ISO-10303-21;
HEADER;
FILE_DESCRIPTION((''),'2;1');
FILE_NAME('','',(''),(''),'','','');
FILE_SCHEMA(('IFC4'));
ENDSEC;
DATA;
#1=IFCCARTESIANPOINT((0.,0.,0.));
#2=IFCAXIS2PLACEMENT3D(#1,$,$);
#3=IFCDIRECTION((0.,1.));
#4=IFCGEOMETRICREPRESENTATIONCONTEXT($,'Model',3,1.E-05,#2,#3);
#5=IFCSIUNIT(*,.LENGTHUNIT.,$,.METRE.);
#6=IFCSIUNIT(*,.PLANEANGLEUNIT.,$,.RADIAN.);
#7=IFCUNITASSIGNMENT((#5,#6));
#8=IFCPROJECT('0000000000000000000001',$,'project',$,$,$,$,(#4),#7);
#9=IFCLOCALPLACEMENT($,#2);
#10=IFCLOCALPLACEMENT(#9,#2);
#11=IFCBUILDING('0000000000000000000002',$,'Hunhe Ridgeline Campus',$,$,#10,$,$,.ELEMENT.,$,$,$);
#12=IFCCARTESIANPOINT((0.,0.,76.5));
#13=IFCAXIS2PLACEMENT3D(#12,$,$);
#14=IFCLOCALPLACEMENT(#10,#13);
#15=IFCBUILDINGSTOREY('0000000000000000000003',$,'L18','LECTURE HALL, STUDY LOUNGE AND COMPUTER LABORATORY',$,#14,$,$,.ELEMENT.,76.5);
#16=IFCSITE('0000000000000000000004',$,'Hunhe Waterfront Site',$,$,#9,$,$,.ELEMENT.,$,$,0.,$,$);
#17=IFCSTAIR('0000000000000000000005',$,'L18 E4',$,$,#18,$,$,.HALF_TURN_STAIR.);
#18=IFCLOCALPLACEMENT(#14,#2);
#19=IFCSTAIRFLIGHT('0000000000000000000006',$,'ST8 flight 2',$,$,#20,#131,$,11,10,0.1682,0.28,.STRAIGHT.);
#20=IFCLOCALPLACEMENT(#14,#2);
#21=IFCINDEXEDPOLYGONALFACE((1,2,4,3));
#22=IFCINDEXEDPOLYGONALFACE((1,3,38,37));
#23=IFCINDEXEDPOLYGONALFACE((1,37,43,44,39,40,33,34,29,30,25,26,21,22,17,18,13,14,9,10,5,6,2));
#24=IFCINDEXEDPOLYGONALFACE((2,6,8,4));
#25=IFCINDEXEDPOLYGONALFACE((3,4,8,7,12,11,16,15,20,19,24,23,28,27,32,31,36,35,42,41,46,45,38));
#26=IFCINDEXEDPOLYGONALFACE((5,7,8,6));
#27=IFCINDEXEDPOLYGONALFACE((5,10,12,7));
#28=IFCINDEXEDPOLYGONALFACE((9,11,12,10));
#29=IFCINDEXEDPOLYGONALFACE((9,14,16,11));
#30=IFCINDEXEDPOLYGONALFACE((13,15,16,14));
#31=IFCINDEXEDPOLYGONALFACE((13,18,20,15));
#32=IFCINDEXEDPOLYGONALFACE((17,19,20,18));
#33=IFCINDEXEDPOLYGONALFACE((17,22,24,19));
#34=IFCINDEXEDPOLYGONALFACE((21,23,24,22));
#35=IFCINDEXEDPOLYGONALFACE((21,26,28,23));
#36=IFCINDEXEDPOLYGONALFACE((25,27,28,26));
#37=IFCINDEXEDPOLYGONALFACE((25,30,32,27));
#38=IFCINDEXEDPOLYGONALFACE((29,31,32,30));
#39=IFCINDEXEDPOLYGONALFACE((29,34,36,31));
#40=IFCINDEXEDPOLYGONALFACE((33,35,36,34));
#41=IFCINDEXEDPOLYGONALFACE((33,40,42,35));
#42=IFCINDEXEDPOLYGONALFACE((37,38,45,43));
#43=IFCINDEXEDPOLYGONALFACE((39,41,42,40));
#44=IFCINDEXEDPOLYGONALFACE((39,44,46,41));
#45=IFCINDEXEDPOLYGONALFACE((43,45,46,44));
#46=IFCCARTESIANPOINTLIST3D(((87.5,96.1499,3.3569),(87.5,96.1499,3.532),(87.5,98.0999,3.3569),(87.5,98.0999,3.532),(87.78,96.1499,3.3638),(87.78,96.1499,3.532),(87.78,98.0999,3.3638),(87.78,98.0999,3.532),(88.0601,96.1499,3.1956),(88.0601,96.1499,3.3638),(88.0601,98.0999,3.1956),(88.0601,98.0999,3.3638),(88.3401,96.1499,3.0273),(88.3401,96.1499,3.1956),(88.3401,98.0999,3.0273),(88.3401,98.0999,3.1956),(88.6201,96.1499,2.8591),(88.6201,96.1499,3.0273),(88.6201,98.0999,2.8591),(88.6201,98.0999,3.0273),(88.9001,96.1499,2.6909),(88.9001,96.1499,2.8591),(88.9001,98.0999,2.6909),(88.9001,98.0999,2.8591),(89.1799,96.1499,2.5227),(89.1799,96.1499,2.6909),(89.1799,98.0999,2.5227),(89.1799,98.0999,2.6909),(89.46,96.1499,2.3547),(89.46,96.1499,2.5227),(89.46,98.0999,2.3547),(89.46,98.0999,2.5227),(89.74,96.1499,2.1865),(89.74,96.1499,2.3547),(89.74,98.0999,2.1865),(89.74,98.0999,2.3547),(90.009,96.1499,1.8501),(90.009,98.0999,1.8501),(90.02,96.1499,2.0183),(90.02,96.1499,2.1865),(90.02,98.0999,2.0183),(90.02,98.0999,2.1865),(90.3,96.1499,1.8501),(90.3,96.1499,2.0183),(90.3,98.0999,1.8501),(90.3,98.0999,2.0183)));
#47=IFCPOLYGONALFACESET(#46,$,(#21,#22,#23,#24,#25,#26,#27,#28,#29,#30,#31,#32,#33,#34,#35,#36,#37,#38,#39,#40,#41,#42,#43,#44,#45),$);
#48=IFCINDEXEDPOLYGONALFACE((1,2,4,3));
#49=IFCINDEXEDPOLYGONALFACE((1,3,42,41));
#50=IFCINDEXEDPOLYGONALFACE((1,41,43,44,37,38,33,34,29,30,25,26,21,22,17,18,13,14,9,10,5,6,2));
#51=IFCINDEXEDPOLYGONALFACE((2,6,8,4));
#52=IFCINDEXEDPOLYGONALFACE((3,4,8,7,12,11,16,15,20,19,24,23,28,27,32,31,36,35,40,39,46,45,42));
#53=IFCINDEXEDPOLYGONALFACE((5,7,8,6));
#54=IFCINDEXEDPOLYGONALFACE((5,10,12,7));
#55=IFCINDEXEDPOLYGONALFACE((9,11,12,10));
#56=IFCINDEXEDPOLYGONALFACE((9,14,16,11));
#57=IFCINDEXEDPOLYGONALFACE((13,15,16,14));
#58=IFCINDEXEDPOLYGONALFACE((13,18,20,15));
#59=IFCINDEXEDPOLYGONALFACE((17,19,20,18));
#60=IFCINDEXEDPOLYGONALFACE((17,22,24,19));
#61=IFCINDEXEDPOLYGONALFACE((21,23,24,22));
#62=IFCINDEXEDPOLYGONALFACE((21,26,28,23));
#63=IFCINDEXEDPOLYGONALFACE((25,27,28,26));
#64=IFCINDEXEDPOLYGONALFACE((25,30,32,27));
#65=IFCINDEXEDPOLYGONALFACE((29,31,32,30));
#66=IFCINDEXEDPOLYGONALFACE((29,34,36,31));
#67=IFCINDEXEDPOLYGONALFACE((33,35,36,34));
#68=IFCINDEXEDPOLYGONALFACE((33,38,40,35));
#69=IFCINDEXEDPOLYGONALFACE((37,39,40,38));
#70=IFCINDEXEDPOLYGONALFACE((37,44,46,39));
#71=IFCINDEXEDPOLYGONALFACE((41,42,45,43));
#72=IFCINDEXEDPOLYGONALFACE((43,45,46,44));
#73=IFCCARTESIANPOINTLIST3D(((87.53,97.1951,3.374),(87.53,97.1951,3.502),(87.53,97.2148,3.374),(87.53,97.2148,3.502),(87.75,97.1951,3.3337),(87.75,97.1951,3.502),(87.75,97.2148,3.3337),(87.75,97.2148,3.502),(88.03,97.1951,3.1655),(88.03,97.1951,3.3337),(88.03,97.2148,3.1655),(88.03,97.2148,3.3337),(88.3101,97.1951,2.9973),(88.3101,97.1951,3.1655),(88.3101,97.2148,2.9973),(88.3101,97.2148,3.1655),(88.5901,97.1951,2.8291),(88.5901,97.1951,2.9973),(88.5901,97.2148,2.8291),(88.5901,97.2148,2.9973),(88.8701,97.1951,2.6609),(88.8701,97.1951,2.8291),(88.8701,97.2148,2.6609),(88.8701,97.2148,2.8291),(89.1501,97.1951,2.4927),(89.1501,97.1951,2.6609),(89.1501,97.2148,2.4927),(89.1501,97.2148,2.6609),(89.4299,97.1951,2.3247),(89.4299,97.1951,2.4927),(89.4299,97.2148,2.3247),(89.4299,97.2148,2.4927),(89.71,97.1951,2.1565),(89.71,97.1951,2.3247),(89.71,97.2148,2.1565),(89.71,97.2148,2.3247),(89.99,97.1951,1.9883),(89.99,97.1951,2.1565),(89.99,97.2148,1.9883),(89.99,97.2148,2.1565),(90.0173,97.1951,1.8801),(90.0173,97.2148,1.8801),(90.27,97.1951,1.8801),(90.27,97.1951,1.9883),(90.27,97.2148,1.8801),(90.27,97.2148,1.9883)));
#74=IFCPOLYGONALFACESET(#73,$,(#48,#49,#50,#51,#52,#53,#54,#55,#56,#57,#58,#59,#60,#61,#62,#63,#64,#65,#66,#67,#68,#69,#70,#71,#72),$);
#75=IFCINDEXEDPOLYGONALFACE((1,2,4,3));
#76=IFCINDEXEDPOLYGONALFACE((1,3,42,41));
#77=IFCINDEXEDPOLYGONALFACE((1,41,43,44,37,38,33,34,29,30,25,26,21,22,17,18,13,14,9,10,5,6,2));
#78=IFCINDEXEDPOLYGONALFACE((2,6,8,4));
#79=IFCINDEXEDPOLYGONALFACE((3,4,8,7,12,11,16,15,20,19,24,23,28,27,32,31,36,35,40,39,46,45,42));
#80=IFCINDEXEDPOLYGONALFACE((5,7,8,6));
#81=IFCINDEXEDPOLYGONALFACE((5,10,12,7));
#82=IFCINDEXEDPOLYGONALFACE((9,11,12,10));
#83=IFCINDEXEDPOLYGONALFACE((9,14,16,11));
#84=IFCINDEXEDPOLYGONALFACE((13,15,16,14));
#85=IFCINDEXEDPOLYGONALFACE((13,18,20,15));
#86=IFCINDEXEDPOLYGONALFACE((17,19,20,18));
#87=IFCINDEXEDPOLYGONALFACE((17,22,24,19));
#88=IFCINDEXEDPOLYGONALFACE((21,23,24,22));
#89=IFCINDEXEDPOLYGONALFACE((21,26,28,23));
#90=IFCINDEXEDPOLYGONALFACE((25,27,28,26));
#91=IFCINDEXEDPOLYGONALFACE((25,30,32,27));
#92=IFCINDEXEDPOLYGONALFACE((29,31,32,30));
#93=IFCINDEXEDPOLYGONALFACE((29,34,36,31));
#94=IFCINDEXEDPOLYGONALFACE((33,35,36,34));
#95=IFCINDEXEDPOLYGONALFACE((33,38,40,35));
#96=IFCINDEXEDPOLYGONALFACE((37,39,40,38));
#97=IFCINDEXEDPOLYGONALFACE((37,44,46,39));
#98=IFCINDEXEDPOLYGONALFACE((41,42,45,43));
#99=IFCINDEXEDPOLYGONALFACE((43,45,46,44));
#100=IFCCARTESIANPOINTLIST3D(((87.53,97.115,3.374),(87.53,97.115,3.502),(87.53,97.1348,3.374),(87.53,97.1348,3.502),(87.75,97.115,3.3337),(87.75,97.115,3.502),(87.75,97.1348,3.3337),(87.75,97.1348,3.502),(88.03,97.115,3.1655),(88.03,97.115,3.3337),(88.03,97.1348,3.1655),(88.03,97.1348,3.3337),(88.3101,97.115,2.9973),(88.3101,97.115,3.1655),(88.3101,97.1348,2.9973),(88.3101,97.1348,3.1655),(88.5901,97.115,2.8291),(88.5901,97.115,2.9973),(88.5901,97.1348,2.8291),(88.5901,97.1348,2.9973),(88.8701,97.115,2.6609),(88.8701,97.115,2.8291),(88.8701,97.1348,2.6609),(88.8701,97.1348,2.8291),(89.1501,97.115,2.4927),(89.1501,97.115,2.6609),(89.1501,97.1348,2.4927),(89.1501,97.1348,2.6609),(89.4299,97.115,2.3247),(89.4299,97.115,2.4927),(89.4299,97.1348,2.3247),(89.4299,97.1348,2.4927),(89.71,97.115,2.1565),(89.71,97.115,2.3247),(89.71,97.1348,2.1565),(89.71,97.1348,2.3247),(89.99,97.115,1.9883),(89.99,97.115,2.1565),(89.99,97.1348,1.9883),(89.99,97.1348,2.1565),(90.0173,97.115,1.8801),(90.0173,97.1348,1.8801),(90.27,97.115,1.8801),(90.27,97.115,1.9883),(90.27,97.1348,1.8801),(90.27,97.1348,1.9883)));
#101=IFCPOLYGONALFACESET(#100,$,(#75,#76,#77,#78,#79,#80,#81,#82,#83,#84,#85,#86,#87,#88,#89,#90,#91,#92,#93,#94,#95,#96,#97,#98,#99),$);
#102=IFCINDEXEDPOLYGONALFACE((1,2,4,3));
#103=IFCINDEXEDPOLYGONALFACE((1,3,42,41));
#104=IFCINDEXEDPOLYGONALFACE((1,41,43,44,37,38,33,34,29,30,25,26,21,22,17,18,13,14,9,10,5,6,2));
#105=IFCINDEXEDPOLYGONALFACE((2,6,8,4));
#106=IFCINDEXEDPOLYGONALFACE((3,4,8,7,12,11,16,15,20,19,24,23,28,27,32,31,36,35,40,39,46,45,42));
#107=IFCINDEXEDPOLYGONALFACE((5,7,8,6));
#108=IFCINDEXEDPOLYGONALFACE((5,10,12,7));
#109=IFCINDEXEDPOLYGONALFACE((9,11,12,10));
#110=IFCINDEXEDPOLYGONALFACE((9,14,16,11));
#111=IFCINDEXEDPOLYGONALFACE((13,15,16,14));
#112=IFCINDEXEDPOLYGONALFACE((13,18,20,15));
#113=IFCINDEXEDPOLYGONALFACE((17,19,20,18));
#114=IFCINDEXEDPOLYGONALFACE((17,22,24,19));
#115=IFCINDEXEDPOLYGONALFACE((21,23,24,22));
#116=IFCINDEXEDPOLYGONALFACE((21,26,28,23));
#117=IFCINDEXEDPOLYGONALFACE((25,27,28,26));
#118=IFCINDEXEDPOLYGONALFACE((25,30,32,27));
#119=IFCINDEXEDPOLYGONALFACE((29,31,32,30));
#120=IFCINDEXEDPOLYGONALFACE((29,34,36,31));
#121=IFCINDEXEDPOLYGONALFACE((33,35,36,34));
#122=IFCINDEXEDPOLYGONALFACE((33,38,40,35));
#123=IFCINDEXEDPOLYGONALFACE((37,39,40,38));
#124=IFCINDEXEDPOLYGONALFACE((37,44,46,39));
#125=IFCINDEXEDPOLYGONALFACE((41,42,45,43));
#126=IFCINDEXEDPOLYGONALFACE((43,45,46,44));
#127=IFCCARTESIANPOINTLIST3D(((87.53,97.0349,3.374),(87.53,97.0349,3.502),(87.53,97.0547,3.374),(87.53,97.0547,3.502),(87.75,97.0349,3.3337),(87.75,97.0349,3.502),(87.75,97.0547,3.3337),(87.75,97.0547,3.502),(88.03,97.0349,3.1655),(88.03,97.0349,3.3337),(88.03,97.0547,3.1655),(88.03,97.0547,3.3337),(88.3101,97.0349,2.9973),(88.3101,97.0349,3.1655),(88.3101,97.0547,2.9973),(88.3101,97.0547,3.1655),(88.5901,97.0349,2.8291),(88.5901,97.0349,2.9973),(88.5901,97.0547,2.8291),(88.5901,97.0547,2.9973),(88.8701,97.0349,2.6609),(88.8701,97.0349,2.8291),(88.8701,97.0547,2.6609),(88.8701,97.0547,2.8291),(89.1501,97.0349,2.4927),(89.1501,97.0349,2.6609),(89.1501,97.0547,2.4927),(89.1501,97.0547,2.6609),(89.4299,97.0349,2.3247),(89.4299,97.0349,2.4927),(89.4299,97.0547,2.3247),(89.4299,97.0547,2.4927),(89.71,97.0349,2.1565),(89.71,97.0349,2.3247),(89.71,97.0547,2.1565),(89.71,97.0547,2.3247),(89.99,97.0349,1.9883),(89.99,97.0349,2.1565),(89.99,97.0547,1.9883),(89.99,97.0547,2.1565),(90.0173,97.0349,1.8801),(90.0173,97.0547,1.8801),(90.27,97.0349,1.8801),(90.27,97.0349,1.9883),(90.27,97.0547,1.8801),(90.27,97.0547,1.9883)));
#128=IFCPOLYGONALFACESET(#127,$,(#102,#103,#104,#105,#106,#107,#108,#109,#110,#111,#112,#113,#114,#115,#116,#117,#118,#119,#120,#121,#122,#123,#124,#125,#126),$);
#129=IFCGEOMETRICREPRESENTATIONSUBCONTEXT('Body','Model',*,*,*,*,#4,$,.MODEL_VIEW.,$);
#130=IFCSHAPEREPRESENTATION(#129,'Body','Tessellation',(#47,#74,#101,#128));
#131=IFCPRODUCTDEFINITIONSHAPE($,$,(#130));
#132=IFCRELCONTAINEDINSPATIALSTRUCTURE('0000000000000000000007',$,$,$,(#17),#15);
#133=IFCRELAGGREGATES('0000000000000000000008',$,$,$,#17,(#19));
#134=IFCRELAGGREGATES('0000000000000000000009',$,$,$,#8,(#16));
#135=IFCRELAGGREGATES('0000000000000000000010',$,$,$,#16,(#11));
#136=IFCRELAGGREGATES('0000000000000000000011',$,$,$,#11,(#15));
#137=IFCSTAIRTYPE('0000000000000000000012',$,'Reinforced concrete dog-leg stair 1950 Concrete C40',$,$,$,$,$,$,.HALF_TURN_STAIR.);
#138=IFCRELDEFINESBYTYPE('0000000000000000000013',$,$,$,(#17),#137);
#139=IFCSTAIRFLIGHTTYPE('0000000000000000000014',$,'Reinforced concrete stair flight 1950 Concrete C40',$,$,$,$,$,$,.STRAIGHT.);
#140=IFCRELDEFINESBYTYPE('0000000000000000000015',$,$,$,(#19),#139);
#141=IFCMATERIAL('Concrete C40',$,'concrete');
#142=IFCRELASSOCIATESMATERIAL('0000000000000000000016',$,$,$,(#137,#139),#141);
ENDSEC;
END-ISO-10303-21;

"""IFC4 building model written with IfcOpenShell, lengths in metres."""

from ifc_helpers import new_model, si_unit, direction, frame, origin, place, context, subcontext, project, spatial, polyline, outline, extrude, material, type_object, element, aggregate, save


model = new_model("IFC4")

# Units and contexts
model_context = context("Model", 3, precision=1e-05, world=origin(), true_north=direction((0.0, 1.0)))
body_context = subcontext(model_context, "Body", "Model", "MODEL_VIEW")
ifc_project = project(units=[si_unit("LENGTHUNIT", "METRE"), si_unit("PLANEANGLEUNIT", "RADIAN")], contexts=[model_context])

# Site, building, storey
site_placement = place(None, origin())
site = spatial("IfcSite", under=ifc_project, at=site_placement, Name="Hunhe Waterfront Site", CompositionType="ELEMENT", RefElevation=0.0)
building_placement = place(site_placement, origin())
building = spatial("IfcBuilding", under=site, at=building_placement, Name="Hunhe Ridgeline Campus", CompositionType="ELEMENT")
storey_placement = place(building_placement, frame((0.0, 0.0, 76.5)))
storey = spatial("IfcBuildingStorey", under=building, at=storey_placement, Name="L18", Description="LECTURE HALL, STUDY LOUNGE AND COMPUTER LABORATORY", CompositionType="ELEMENT", Elevation=76.5)

# Stair, stair flight
ifc_material_1 = material(Name="Concrete C40", Category="concrete")
stair_type = type_object("IfcStairType", Name="Reinforced concrete dog-leg stair 1950 Concrete C40", PredefinedType="HALF_TURN_STAIR", material=ifc_material_1)
stair_placement = place(storey_placement, origin())
stair = element("IfcStair", 1, at=stair_placement, inside=storey, type_object=stair_type, Name="L18 E4", PredefinedType="HALF_TURN_STAIR")
stair_flight_type = type_object("IfcStairFlightType", Name="Reinforced concrete stair flight 1950 Concrete C40", PredefinedType="STRAIGHT", material=ifc_material_1)
stair_flight_1_placement = place(storey_placement, frame((90.3, 97.125, 1.8501), z_axis=(0.0, 0.0, 1.0), x_axis=(-1.0, 0.0, 0.0)))
stair_flight_1 = element("IfcStairFlight", 2, at=stair_flight_1_placement, type_object=stair_flight_type, Name="ST8 flight 2", NumberOfRisers=11, NumberOfTreads=10, PredefinedType="STRAIGHT", RiserHeight=0.1682, TreadLength=0.28, context=body_context, shape_type="SweptSolid", body=[
    extrude(outline(polyline([(0.0, 0.0), (0.0, 0.1682), (0.28, 0.1682), (0.28, 0.3364), (0.5601, 0.3364), (0.5601, 0.5046), (0.8401, 0.5046), (0.8401, 0.6726), (1.1201, 0.6726), (1.1201, 0.8408), (1.3999, 0.8408), (1.3999, 1.009), (1.6799, 1.009), (1.6799, 1.1772), (1.96, 1.1772), (1.96, 1.3455), (2.24, 1.3455), (2.24, 1.5137), (2.52, 1.5137), (2.52, 1.6819), (2.8, 1.6819), (2.8, 1.8501), (2.8, 1.5068), (0.291, 0.0), (0.0, 0.0)])), frame((0.0, 0.9751, 0.0), z_axis=(0.0, -1.0, 0.0), x_axis=(1.0, 0.0, 0.0)), (0.0, 0.0, 1.0), 1.95),
    extrude(outline(polyline([(0.03, 0.03), (0.03, 0.1382), (0.3101, 0.1382), (0.3101, 0.3064), (0.5901, 0.3064), (0.5901, 0.4746), (0.8701, 0.4746), (0.8701, 0.6426), (1.1499, 0.6426), (1.1499, 0.8108), (1.4299, 0.8108), (1.4299, 0.979), (1.71, 0.979), (1.71, 1.1472), (1.99, 1.1472), (1.99, 1.3154), (2.27, 1.3154), (2.27, 1.4836), (2.55, 1.4836), (2.55, 1.6519), (2.77, 1.6519), (2.77, 1.5239), (0.2827, 0.03), (0.03, 0.03)])), frame((0.0, -0.0701, 0.0), z_axis=(0.0, -1.0, 0.0), x_axis=(1.0, 0.0, 0.0)), (0.0, 0.0, 1.0), 0.0198),
    extrude(outline(polyline([(0.03, 0.03), (0.03, 0.1382), (0.3101, 0.1382), (0.3101, 0.3064), (0.5901, 0.3064), (0.5901, 0.4746), (0.8701, 0.4746), (0.8701, 0.6426), (1.1499, 0.6426), (1.1499, 0.8108), (1.4299, 0.8108), (1.4299, 0.979), (1.71, 0.979), (1.71, 1.1472), (1.99, 1.1472), (1.99, 1.3154), (2.27, 1.3154), (2.27, 1.4836), (2.55, 1.4836), (2.55, 1.6519), (2.77, 1.6519), (2.77, 1.5239), (0.2827, 0.03), (0.03, 0.03)])), frame((0.0, 0.01, 0.0), z_axis=(0.0, -1.0, 0.0), x_axis=(1.0, 0.0, 0.0)), (0.0, 0.0, 1.0), 0.0198),
    extrude(outline(polyline([(0.03, 0.03), (0.03, 0.1382), (0.3101, 0.1382), (0.3101, 0.3064), (0.5901, 0.3064), (0.5901, 0.4746), (0.8701, 0.4746), (0.8701, 0.6426), (1.1499, 0.6426), (1.1499, 0.8108), (1.4299, 0.8108), (1.4299, 0.979), (1.71, 0.979), (1.71, 1.1472), (1.99, 1.1472), (1.99, 1.3154), (2.27, 1.3154), (2.27, 1.4836), (2.55, 1.4836), (2.55, 1.6519), (2.77, 1.6519), (2.77, 1.5239), (0.2827, 0.03), (0.03, 0.03)])), frame((0.0, 0.0901, 0.0), z_axis=(0.0, -1.0, 0.0), x_axis=(1.0, 0.0, 0.0)), (0.0, 0.0, 1.0), 0.0198),
])
aggregate(stair, [stair_flight_1])

save(model, "model.ifc")
